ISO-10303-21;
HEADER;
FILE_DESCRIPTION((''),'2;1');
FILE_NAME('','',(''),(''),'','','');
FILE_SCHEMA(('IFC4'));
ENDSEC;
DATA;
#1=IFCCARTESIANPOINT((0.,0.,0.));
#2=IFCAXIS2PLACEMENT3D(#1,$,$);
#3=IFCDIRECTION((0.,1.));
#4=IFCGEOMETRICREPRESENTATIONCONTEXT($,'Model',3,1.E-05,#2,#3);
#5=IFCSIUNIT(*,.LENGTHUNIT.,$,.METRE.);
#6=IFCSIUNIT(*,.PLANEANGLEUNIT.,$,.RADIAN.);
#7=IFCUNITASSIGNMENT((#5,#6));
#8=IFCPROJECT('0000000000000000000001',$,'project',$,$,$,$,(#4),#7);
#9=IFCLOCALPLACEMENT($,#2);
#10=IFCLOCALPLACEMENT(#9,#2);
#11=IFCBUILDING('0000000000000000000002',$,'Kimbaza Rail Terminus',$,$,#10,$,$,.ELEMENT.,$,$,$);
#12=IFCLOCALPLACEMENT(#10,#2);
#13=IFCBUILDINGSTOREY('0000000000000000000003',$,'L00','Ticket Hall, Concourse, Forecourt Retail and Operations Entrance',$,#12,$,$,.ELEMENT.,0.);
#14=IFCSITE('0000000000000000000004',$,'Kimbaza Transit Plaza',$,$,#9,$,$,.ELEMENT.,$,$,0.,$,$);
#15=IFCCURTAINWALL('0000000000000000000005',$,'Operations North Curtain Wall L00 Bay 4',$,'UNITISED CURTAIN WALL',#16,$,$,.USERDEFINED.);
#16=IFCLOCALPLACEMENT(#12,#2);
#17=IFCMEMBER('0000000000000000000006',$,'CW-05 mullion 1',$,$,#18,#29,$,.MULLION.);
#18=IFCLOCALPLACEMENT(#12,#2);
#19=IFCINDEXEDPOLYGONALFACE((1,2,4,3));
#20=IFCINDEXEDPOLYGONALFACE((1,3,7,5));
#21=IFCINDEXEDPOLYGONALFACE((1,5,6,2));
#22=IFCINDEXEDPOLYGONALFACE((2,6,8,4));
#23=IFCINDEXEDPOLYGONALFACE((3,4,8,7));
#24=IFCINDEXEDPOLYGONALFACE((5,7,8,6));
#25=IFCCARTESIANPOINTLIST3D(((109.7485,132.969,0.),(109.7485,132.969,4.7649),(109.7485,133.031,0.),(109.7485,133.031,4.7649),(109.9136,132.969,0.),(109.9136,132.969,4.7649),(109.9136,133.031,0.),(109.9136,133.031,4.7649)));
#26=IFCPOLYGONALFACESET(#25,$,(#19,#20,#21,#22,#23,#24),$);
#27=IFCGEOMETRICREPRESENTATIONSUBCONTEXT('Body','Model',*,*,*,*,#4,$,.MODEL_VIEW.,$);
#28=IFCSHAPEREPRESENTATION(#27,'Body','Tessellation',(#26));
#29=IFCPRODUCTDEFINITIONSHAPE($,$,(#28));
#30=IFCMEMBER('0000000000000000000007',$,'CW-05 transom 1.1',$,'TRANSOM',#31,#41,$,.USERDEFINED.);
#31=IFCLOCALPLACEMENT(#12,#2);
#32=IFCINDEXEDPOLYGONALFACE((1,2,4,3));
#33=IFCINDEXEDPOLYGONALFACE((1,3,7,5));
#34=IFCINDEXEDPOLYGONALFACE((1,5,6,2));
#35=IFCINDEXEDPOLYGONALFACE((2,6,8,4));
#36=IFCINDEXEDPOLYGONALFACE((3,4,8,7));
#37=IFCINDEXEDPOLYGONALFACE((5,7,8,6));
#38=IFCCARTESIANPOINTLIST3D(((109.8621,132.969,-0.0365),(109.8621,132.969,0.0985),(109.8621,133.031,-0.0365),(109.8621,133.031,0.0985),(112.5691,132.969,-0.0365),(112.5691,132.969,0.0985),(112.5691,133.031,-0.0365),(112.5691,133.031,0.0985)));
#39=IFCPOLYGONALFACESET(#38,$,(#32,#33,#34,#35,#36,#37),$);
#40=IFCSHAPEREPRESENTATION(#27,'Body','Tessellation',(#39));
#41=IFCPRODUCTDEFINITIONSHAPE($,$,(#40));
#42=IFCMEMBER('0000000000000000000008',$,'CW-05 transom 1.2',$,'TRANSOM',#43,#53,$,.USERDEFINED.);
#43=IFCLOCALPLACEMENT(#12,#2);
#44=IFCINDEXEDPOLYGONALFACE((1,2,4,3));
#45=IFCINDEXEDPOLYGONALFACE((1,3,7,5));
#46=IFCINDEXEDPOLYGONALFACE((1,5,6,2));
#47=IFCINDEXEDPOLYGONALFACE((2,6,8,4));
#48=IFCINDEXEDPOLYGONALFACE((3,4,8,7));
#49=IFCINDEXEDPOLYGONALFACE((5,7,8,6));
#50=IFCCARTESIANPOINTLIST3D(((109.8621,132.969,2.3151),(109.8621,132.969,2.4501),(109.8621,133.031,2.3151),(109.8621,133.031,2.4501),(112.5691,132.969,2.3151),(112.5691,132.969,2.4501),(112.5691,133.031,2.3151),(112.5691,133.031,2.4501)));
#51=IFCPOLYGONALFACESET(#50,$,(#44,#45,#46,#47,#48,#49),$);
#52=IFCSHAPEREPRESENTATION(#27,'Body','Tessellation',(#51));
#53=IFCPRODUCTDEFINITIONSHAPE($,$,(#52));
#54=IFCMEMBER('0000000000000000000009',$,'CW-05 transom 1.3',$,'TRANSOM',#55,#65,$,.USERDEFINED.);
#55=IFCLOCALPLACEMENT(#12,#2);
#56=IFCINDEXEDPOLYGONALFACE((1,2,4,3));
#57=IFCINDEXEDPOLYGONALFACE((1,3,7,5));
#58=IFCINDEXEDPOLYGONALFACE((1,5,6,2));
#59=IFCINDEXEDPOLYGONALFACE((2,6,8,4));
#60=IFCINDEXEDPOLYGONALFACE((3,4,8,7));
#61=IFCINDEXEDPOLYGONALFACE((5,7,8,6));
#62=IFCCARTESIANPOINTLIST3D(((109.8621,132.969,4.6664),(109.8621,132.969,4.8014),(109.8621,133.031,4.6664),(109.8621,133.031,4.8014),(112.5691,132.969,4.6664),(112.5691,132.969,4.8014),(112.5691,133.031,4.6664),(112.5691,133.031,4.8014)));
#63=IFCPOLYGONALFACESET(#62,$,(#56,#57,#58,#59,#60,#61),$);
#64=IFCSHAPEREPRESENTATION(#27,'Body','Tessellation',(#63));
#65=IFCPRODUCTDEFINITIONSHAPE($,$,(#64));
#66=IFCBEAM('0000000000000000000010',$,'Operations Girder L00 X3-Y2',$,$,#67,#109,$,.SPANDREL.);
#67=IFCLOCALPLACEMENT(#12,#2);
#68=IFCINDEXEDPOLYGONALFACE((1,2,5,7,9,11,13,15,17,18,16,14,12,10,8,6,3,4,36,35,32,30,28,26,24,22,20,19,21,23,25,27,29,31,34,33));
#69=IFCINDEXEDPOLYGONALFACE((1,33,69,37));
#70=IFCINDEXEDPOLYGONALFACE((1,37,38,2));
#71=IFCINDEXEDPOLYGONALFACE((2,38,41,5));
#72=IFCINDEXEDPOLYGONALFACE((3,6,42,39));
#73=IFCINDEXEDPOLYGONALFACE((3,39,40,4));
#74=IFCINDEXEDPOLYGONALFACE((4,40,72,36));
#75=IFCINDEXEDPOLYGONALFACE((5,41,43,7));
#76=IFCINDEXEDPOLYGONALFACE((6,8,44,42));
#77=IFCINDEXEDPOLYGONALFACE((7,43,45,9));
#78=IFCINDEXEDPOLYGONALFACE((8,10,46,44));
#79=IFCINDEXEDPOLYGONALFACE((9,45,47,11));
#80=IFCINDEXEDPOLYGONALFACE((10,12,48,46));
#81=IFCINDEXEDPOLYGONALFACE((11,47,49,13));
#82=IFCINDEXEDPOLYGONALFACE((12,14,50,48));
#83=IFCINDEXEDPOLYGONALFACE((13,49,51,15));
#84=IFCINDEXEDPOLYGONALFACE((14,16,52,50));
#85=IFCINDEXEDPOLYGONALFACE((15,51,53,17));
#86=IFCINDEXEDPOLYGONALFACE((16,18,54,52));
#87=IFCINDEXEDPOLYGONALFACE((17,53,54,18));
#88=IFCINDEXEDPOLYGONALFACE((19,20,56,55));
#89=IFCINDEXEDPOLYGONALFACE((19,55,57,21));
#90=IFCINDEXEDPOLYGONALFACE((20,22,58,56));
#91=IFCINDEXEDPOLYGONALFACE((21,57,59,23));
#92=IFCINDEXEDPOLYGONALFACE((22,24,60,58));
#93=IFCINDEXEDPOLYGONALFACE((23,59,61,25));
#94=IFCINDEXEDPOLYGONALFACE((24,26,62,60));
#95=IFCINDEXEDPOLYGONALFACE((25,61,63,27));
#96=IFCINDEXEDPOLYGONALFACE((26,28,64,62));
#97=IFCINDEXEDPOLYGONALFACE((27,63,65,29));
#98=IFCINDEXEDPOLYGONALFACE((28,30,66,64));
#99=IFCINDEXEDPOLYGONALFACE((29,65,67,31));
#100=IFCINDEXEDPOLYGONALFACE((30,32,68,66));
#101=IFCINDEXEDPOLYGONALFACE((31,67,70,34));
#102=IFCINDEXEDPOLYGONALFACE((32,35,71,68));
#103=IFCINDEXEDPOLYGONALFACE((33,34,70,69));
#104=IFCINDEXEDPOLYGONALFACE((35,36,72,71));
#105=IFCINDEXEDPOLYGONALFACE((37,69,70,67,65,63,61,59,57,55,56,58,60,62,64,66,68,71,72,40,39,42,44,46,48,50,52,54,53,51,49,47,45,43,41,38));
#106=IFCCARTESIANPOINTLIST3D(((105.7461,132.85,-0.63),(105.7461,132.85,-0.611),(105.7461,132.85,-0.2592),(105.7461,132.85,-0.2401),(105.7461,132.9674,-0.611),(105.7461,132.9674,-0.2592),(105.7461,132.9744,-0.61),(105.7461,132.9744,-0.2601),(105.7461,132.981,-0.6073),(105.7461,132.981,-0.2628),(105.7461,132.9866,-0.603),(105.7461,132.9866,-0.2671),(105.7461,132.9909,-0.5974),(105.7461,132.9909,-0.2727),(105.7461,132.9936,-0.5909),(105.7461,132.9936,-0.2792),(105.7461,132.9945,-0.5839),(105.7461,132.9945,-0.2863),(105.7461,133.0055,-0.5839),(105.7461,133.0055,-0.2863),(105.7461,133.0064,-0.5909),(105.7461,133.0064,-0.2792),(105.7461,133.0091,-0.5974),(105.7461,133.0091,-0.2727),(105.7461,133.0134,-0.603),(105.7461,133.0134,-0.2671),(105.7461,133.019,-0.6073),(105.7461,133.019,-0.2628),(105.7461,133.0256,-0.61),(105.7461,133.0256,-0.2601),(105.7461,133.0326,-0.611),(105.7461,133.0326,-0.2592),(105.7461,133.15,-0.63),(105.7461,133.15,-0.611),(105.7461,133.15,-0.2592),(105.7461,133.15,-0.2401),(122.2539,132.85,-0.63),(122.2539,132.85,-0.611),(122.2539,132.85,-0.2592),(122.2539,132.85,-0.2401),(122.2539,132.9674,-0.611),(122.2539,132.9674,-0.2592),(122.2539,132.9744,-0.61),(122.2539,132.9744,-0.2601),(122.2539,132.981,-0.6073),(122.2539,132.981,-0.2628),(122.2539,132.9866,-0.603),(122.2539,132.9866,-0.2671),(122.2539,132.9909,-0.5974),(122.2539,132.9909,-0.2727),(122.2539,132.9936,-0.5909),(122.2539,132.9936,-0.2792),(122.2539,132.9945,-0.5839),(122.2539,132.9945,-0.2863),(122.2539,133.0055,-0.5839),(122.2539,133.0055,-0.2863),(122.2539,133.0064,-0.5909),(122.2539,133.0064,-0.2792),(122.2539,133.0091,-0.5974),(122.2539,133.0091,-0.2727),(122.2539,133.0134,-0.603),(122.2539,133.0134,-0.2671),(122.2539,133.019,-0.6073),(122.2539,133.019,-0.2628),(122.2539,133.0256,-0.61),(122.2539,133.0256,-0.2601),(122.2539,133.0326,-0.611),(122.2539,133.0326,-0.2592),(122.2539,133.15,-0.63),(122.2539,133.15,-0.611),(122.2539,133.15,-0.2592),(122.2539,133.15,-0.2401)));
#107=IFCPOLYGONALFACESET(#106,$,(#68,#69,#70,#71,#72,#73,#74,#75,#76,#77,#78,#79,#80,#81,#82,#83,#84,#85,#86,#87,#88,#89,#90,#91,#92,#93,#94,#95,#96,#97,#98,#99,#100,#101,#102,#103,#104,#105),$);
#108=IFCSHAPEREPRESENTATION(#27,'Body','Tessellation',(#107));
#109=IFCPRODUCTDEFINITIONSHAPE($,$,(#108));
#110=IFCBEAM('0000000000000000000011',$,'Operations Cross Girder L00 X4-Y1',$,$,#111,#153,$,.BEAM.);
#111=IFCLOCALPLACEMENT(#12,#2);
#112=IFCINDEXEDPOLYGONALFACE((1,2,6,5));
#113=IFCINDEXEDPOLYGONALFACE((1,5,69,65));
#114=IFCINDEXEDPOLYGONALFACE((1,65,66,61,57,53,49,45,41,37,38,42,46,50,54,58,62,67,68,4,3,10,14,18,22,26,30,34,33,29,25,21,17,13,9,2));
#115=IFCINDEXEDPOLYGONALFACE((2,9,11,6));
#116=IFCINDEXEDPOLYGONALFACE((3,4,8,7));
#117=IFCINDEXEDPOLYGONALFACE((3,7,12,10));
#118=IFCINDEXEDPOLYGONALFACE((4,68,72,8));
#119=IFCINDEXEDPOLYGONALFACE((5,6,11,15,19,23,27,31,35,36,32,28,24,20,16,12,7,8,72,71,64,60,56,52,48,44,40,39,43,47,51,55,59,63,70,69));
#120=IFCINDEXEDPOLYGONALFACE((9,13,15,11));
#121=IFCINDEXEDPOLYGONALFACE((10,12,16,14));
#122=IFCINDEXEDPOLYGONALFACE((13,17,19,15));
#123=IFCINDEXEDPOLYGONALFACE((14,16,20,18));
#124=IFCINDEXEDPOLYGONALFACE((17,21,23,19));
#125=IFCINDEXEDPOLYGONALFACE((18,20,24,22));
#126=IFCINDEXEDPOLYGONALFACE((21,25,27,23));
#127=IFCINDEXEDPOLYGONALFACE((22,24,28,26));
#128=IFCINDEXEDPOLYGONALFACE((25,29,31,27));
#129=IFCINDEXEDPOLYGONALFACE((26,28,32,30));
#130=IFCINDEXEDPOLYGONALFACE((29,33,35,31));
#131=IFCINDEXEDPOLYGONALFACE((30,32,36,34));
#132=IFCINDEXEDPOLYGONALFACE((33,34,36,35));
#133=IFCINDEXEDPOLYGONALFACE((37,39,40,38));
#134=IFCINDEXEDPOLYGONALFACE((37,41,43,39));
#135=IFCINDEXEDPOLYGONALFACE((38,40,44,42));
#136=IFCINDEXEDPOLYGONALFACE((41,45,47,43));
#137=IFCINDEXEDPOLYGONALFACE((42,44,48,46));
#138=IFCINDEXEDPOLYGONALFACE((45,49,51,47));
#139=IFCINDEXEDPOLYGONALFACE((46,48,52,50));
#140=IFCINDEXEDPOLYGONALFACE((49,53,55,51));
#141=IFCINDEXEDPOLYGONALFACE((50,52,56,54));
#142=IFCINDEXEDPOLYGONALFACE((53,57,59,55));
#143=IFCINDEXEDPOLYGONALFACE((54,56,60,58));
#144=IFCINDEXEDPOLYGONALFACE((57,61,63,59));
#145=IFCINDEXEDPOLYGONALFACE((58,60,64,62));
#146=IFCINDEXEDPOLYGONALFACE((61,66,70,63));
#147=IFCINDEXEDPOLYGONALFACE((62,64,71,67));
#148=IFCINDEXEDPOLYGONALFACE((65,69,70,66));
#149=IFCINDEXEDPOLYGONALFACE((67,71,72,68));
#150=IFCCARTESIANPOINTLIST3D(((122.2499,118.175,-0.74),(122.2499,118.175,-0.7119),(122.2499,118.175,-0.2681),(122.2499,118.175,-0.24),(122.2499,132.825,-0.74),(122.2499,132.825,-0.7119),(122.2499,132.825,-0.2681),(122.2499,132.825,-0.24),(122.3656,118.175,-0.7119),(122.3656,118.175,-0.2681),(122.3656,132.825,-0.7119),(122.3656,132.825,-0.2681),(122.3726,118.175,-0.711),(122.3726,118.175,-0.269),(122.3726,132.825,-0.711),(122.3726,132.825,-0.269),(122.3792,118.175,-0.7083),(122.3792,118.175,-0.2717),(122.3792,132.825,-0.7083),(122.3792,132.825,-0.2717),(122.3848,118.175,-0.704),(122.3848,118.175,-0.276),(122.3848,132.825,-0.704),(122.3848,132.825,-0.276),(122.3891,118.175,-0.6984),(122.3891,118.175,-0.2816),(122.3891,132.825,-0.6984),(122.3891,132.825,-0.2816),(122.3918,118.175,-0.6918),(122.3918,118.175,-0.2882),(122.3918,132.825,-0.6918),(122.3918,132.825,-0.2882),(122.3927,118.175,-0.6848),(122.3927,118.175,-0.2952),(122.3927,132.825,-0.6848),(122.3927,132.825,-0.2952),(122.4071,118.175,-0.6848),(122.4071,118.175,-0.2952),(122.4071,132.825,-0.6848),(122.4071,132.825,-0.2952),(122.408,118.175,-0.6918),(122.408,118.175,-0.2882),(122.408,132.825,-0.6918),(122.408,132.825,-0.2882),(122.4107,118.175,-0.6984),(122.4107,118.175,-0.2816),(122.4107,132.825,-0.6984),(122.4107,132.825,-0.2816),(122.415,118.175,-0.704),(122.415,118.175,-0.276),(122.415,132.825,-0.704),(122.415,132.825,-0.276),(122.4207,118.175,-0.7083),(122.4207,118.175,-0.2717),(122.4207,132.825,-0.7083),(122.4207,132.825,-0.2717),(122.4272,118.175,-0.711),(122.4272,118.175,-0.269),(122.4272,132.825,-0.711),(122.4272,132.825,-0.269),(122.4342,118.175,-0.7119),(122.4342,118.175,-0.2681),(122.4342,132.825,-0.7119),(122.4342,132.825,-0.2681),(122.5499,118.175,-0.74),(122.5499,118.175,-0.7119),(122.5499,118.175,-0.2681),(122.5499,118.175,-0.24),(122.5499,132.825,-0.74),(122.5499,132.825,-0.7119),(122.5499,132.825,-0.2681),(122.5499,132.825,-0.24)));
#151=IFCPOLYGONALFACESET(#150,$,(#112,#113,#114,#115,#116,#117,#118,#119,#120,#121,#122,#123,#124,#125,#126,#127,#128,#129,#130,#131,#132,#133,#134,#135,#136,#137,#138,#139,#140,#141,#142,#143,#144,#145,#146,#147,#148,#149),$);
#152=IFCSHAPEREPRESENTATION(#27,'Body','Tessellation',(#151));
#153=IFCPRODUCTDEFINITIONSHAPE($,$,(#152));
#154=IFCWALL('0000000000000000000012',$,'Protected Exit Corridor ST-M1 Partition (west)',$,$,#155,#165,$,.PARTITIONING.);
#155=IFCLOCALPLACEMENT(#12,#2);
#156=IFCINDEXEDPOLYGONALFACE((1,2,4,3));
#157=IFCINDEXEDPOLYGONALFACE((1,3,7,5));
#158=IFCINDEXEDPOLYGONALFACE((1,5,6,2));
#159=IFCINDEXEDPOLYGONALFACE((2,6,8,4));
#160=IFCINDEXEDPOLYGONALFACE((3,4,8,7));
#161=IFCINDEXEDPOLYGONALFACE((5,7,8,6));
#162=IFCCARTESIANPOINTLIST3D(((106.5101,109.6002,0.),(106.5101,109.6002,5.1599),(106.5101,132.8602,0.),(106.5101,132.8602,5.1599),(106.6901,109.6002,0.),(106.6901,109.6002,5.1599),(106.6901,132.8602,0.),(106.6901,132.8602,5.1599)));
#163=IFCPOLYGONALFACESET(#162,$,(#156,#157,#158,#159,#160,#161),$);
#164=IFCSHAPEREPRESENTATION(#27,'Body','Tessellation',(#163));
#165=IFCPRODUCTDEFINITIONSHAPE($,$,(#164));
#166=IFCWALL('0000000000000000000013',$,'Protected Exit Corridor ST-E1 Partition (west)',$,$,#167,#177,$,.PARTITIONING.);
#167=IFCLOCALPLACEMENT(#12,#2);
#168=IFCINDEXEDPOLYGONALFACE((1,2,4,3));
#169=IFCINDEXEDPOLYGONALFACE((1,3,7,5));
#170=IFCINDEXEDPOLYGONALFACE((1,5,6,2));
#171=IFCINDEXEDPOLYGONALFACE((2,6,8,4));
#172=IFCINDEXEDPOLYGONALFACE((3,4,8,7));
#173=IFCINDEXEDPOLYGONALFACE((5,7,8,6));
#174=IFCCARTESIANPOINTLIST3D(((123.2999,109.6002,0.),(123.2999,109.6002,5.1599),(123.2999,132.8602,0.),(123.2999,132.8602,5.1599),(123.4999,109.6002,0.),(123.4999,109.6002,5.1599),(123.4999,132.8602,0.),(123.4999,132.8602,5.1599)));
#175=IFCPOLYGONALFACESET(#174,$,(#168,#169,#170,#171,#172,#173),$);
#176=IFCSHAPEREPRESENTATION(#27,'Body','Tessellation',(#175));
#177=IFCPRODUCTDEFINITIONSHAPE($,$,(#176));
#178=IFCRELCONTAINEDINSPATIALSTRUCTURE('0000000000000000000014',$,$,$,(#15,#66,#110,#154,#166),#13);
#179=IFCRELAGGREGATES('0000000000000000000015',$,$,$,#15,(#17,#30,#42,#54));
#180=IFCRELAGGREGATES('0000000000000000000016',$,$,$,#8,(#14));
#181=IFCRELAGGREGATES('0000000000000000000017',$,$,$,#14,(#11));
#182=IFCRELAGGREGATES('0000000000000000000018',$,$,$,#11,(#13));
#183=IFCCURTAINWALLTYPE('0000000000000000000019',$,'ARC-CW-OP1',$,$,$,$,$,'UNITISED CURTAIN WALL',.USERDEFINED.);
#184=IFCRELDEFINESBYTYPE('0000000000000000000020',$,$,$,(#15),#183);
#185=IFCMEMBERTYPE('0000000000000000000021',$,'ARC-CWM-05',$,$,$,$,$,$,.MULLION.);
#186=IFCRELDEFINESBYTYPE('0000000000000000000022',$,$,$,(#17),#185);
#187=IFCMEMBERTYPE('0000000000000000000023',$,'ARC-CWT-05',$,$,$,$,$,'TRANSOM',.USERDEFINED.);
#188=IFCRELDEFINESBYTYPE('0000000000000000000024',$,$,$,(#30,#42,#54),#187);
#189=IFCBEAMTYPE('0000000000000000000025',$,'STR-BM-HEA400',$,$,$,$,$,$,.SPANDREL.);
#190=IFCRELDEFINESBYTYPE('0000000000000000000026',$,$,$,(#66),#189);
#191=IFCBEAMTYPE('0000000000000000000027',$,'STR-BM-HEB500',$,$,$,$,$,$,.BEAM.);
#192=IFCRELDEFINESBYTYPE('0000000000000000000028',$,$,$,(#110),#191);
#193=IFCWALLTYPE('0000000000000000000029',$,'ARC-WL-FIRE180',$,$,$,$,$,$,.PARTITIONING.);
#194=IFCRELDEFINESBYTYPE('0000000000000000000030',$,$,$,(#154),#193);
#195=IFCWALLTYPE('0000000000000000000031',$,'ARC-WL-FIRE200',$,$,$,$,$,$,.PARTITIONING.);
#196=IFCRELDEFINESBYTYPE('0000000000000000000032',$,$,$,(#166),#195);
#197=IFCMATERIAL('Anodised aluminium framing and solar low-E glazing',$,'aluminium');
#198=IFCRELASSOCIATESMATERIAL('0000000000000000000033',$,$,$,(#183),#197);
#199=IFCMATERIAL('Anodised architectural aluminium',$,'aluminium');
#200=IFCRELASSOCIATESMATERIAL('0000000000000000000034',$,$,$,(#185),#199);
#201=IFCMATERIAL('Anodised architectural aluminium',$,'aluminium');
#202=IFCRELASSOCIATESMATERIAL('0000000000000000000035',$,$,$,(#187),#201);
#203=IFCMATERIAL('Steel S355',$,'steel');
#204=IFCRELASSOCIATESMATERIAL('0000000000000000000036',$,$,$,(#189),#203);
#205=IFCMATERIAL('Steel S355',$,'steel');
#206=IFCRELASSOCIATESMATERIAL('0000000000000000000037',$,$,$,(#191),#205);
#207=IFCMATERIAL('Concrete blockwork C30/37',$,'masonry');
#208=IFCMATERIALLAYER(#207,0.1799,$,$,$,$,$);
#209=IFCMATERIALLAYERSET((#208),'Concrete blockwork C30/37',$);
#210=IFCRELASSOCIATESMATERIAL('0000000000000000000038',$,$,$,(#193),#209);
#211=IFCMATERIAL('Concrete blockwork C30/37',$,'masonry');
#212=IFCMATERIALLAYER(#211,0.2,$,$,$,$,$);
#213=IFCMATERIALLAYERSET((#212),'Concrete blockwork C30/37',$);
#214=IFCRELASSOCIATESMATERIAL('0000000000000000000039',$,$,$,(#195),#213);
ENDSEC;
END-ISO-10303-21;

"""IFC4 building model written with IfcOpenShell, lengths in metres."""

from ifc_helpers import new_model, si_unit, direction, frame, frame_2d, origin, origin_2d, place, context, subcontext, project, spatial, rectangle, i_section, extrude, material, layer, layer_set, material_profile, profile_set, type_object, element, aggregate, save


model = new_model("IFC4")

# Units and contexts
model_context = context("Model", 3, precision=1e-05, world=origin(), true_north=direction((0.0, 1.0)))
body_context = subcontext(model_context, "Body", "Model", "MODEL_VIEW")
ifc_project = project(units=[si_unit("LENGTHUNIT", "METRE"), si_unit("PLANEANGLEUNIT", "RADIAN")], contexts=[model_context])

# Site, building, storey
site_placement = place(None, origin())
site = spatial("IfcSite", under=ifc_project, at=site_placement, Name="Kimbaza Transit Plaza", CompositionType="ELEMENT", RefElevation=0.0)
building_placement = place(site_placement, origin())
building = spatial("IfcBuilding", under=site, at=building_placement, Name="Kimbaza Rail Terminus", CompositionType="ELEMENT")
storey_placement = place(building_placement, origin())
storey = spatial("IfcBuildingStorey", under=building, at=storey_placement, Name="L00", Description="Ticket Hall, Concourse, Forecourt Retail and Operations Entrance", CompositionType="ELEMENT", Elevation=0.0)

# Curtain wall, members
ifc_material_1 = material(Name="Anodised aluminium framing and solar low-E glazing", Category="aluminium")
curtain_wall_type = type_object("IfcCurtainWallType", Name="ARC-CW-OP1", ElementType="UNITISED CURTAIN WALL", PredefinedType="USERDEFINED", material=ifc_material_1)
curtain_wall_placement = place(storey_placement, origin())
curtain_wall = element("IfcCurtainWall", 1, at=curtain_wall_placement, inside=storey, type_object=curtain_wall_type, Name="Operations North Curtain Wall L00 Bay 4", ObjectType="UNITISED CURTAIN WALL", PredefinedType="USERDEFINED")
ifc_material_2 = material(Name="Anodised architectural aluminium", Category="aluminium")
ifc_material_profile_1 = material_profile(ifc_material_2, rectangle(XDim=0.062, YDim=0.165, at=origin_2d()), Name="MULLION 62x165")
ifc_profile_set_1 = profile_set([ifc_material_profile_1], Name="Anodised architectural aluminium")
member_type_1 = type_object("IfcMemberType", Name="ARC-CWM-05", PredefinedType="MULLION", material=ifc_profile_set_1)
member_1_placement = place(storey_placement, frame((109.8311, 133.0, 0.0), z_axis=(0.0, 0.0, 1.0), x_axis=(0.0, 1.0, 0.0)))
member_1 = element("IfcMember", 2, at=member_1_placement, type_object=member_type_1, Name="CW-05 mullion 1", PredefinedType="MULLION", context=body_context, shape_type="SweptSolid", body=[
    extrude(rectangle(XDim=0.062, YDim=0.165, at=origin_2d()), origin(), (0.0, 0.0, 1.0), 4.7649),
])
ifc_material_3 = material(Name="Anodised architectural aluminium", Category="aluminium")
ifc_material_profile_2 = material_profile(ifc_material_3, rectangle(XDim=0.062, YDim=0.135, at=origin_2d()), Name="TRANSOM 62x135")
ifc_profile_set_2 = profile_set([ifc_material_profile_2], Name="Anodised architectural aluminium")
member_type_2 = type_object("IfcMemberType", Name="ARC-CWT-05", ElementType="TRANSOM", PredefinedType="USERDEFINED", material=ifc_profile_set_2)
member_2_placement = place(storey_placement, frame((109.8621, 133.0, 0.031), z_axis=(1.0, 0.0, 0.0), x_axis=(0.0, 1.0, 0.0)))
member_2 = element("IfcMember", 3, at=member_2_placement, type_object=member_type_2, Name="CW-05 transom 1.1", ObjectType="TRANSOM", PredefinedType="USERDEFINED", context=body_context, shape_type="SweptSolid", body=[
    extrude(rectangle(XDim=0.062, YDim=0.135, at=origin_2d()), origin(), (0.0, 0.0, 1.0), 2.707),
])
member_3_placement = place(storey_placement, frame((109.8621, 133.0, 2.3826), z_axis=(1.0, 0.0, 0.0), x_axis=(0.0, 1.0, 0.0)))
member_3 = element("IfcMember", 4, at=member_3_placement, type_object=member_type_2, Name="CW-05 transom 1.2", ObjectType="TRANSOM", PredefinedType="USERDEFINED", context=body_context, shape_type="SweptSolid", body=[
    extrude(rectangle(XDim=0.062, YDim=0.135, at=origin_2d()), origin(), (0.0, 0.0, 1.0), 2.707),
])
member_4_placement = place(storey_placement, frame((109.8621, 133.0, 4.7339), z_axis=(1.0, 0.0, 0.0), x_axis=(0.0, 1.0, 0.0)))
member_4 = element("IfcMember", 5, at=member_4_placement, type_object=member_type_2, Name="CW-05 transom 1.3", ObjectType="TRANSOM", PredefinedType="USERDEFINED", context=body_context, shape_type="SweptSolid", body=[
    extrude(rectangle(XDim=0.062, YDim=0.135, at=origin_2d()), origin(), (0.0, 0.0, 1.0), 2.707),
])
aggregate(curtain_wall, [member_1, member_2, member_3, member_4])

# Beams
ifc_material_4 = material(Name="Steel S355", Category="steel")
ifc_material_profile_3 = material_profile(ifc_material_4, i_section(OverallWidth=0.3, OverallDepth=0.3899, WebThickness=0.011, FlangeThickness=0.019, FilletRadius=0.0271, at=origin_2d()), Name="HEA 400")
ifc_profile_set_3 = profile_set([ifc_material_profile_3], Name="Steel S355")
beam_type_1 = type_object("IfcBeamType", Name="STR-BM-HEA400", PredefinedType="SPANDREL", material=ifc_profile_set_3)
beam_1_placement = place(storey_placement, frame((105.7461, 133.0, -0.4351), z_axis=(1.0, 0.0, 0.0), x_axis=(0.0, 1.0, 0.0)))
element("IfcBeam", 6, at=beam_1_placement, inside=storey, type_object=beam_type_1, Name="Operations Girder L00 X3-Y2", PredefinedType="SPANDREL", context=body_context, shape_type="SweptSolid", body=[
    extrude(i_section(OverallWidth=0.3, OverallDepth=0.3899, WebThickness=0.011, FlangeThickness=0.019, FilletRadius=0.0271, at=origin_2d()), origin(), (0.0, 0.0, 1.0), 16.5078),
])
ifc_material_5 = material(Name="Steel S355", Category="steel")
ifc_material_profile_4 = material_profile(ifc_material_5, i_section(OverallWidth=0.3, OverallDepth=0.5, WebThickness=0.0144, FlangeThickness=0.0281, FilletRadius=0.0271, at=origin_2d()), Name="HEB 500")
ifc_profile_set_4 = profile_set([ifc_material_profile_4], Name="Steel S355")
beam_type_2 = type_object("IfcBeamType", Name="STR-BM-HEB500", PredefinedType="BEAM", material=ifc_profile_set_4)
beam_2_placement = place(storey_placement, frame((122.3999, 118.175, -0.49), z_axis=(0.0, 1.0, 0.0), x_axis=(-1.0, 0.0, 0.0)))
element("IfcBeam", 7, at=beam_2_placement, inside=storey, type_object=beam_type_2, Name="Operations Cross Girder L00 X4-Y1", PredefinedType="BEAM", context=body_context, shape_type="SweptSolid", body=[
    extrude(i_section(OverallWidth=0.3, OverallDepth=0.5, WebThickness=0.0144, FlangeThickness=0.0281, FilletRadius=0.0271, at=origin_2d()), origin(), (0.0, 0.0, 1.0), 14.6499),
])

# Walls
ifc_material_6 = material(Name="Concrete blockwork C30/37", Category="masonry")
ifc_layer_1 = layer(ifc_material_6, 0.1799)
ifc_layer_set_1 = layer_set([ifc_layer_1], Name="Concrete blockwork C30/37")
wall_type_1 = type_object("IfcWallType", Name="ARC-WL-FIRE180", PredefinedType="PARTITIONING", material=ifc_layer_set_1)
wall_1_placement = place(storey_placement, frame((106.6001, 132.8601, 0.0), z_axis=(0.0, 0.0, 1.0), x_axis=(0.0, -1.0, 0.0)))
element("IfcWall", 8, at=wall_1_placement, inside=storey, type_object=wall_type_1, Name="Protected Exit Corridor ST-M1 Partition (west)", PredefinedType="PARTITIONING", context=body_context, shape_type="SweptSolid", body=[
    extrude(rectangle(XDim=23.26, YDim=0.1799, at=frame_2d((11.6299, 0.0))), origin(), (0.0, 0.0, 1.0), 5.1599),
])
ifc_material_7 = material(Name="Concrete blockwork C30/37", Category="masonry")
ifc_layer_2 = layer(ifc_material_7, 0.2)
ifc_layer_set_2 = layer_set([ifc_layer_2], Name="Concrete blockwork C30/37")
wall_type_2 = type_object("IfcWallType", Name="ARC-WL-FIRE200", PredefinedType="PARTITIONING", material=ifc_layer_set_2)
wall_2_placement = place(storey_placement, frame((123.3999, 132.8601, 0.0), z_axis=(0.0, 0.0, 1.0), x_axis=(0.0, -1.0, 0.0)))
element("IfcWall", 9, at=wall_2_placement, inside=storey, type_object=wall_type_2, Name="Protected Exit Corridor ST-E1 Partition (west)", PredefinedType="PARTITIONING", context=body_context, shape_type="SweptSolid", body=[
    extrude(rectangle(XDim=23.26, YDim=0.2, at=frame_2d((11.6299, 0.0))), origin(), (0.0, 0.0, 1.0), 5.1599),
])

save(model, "model.ifc")
